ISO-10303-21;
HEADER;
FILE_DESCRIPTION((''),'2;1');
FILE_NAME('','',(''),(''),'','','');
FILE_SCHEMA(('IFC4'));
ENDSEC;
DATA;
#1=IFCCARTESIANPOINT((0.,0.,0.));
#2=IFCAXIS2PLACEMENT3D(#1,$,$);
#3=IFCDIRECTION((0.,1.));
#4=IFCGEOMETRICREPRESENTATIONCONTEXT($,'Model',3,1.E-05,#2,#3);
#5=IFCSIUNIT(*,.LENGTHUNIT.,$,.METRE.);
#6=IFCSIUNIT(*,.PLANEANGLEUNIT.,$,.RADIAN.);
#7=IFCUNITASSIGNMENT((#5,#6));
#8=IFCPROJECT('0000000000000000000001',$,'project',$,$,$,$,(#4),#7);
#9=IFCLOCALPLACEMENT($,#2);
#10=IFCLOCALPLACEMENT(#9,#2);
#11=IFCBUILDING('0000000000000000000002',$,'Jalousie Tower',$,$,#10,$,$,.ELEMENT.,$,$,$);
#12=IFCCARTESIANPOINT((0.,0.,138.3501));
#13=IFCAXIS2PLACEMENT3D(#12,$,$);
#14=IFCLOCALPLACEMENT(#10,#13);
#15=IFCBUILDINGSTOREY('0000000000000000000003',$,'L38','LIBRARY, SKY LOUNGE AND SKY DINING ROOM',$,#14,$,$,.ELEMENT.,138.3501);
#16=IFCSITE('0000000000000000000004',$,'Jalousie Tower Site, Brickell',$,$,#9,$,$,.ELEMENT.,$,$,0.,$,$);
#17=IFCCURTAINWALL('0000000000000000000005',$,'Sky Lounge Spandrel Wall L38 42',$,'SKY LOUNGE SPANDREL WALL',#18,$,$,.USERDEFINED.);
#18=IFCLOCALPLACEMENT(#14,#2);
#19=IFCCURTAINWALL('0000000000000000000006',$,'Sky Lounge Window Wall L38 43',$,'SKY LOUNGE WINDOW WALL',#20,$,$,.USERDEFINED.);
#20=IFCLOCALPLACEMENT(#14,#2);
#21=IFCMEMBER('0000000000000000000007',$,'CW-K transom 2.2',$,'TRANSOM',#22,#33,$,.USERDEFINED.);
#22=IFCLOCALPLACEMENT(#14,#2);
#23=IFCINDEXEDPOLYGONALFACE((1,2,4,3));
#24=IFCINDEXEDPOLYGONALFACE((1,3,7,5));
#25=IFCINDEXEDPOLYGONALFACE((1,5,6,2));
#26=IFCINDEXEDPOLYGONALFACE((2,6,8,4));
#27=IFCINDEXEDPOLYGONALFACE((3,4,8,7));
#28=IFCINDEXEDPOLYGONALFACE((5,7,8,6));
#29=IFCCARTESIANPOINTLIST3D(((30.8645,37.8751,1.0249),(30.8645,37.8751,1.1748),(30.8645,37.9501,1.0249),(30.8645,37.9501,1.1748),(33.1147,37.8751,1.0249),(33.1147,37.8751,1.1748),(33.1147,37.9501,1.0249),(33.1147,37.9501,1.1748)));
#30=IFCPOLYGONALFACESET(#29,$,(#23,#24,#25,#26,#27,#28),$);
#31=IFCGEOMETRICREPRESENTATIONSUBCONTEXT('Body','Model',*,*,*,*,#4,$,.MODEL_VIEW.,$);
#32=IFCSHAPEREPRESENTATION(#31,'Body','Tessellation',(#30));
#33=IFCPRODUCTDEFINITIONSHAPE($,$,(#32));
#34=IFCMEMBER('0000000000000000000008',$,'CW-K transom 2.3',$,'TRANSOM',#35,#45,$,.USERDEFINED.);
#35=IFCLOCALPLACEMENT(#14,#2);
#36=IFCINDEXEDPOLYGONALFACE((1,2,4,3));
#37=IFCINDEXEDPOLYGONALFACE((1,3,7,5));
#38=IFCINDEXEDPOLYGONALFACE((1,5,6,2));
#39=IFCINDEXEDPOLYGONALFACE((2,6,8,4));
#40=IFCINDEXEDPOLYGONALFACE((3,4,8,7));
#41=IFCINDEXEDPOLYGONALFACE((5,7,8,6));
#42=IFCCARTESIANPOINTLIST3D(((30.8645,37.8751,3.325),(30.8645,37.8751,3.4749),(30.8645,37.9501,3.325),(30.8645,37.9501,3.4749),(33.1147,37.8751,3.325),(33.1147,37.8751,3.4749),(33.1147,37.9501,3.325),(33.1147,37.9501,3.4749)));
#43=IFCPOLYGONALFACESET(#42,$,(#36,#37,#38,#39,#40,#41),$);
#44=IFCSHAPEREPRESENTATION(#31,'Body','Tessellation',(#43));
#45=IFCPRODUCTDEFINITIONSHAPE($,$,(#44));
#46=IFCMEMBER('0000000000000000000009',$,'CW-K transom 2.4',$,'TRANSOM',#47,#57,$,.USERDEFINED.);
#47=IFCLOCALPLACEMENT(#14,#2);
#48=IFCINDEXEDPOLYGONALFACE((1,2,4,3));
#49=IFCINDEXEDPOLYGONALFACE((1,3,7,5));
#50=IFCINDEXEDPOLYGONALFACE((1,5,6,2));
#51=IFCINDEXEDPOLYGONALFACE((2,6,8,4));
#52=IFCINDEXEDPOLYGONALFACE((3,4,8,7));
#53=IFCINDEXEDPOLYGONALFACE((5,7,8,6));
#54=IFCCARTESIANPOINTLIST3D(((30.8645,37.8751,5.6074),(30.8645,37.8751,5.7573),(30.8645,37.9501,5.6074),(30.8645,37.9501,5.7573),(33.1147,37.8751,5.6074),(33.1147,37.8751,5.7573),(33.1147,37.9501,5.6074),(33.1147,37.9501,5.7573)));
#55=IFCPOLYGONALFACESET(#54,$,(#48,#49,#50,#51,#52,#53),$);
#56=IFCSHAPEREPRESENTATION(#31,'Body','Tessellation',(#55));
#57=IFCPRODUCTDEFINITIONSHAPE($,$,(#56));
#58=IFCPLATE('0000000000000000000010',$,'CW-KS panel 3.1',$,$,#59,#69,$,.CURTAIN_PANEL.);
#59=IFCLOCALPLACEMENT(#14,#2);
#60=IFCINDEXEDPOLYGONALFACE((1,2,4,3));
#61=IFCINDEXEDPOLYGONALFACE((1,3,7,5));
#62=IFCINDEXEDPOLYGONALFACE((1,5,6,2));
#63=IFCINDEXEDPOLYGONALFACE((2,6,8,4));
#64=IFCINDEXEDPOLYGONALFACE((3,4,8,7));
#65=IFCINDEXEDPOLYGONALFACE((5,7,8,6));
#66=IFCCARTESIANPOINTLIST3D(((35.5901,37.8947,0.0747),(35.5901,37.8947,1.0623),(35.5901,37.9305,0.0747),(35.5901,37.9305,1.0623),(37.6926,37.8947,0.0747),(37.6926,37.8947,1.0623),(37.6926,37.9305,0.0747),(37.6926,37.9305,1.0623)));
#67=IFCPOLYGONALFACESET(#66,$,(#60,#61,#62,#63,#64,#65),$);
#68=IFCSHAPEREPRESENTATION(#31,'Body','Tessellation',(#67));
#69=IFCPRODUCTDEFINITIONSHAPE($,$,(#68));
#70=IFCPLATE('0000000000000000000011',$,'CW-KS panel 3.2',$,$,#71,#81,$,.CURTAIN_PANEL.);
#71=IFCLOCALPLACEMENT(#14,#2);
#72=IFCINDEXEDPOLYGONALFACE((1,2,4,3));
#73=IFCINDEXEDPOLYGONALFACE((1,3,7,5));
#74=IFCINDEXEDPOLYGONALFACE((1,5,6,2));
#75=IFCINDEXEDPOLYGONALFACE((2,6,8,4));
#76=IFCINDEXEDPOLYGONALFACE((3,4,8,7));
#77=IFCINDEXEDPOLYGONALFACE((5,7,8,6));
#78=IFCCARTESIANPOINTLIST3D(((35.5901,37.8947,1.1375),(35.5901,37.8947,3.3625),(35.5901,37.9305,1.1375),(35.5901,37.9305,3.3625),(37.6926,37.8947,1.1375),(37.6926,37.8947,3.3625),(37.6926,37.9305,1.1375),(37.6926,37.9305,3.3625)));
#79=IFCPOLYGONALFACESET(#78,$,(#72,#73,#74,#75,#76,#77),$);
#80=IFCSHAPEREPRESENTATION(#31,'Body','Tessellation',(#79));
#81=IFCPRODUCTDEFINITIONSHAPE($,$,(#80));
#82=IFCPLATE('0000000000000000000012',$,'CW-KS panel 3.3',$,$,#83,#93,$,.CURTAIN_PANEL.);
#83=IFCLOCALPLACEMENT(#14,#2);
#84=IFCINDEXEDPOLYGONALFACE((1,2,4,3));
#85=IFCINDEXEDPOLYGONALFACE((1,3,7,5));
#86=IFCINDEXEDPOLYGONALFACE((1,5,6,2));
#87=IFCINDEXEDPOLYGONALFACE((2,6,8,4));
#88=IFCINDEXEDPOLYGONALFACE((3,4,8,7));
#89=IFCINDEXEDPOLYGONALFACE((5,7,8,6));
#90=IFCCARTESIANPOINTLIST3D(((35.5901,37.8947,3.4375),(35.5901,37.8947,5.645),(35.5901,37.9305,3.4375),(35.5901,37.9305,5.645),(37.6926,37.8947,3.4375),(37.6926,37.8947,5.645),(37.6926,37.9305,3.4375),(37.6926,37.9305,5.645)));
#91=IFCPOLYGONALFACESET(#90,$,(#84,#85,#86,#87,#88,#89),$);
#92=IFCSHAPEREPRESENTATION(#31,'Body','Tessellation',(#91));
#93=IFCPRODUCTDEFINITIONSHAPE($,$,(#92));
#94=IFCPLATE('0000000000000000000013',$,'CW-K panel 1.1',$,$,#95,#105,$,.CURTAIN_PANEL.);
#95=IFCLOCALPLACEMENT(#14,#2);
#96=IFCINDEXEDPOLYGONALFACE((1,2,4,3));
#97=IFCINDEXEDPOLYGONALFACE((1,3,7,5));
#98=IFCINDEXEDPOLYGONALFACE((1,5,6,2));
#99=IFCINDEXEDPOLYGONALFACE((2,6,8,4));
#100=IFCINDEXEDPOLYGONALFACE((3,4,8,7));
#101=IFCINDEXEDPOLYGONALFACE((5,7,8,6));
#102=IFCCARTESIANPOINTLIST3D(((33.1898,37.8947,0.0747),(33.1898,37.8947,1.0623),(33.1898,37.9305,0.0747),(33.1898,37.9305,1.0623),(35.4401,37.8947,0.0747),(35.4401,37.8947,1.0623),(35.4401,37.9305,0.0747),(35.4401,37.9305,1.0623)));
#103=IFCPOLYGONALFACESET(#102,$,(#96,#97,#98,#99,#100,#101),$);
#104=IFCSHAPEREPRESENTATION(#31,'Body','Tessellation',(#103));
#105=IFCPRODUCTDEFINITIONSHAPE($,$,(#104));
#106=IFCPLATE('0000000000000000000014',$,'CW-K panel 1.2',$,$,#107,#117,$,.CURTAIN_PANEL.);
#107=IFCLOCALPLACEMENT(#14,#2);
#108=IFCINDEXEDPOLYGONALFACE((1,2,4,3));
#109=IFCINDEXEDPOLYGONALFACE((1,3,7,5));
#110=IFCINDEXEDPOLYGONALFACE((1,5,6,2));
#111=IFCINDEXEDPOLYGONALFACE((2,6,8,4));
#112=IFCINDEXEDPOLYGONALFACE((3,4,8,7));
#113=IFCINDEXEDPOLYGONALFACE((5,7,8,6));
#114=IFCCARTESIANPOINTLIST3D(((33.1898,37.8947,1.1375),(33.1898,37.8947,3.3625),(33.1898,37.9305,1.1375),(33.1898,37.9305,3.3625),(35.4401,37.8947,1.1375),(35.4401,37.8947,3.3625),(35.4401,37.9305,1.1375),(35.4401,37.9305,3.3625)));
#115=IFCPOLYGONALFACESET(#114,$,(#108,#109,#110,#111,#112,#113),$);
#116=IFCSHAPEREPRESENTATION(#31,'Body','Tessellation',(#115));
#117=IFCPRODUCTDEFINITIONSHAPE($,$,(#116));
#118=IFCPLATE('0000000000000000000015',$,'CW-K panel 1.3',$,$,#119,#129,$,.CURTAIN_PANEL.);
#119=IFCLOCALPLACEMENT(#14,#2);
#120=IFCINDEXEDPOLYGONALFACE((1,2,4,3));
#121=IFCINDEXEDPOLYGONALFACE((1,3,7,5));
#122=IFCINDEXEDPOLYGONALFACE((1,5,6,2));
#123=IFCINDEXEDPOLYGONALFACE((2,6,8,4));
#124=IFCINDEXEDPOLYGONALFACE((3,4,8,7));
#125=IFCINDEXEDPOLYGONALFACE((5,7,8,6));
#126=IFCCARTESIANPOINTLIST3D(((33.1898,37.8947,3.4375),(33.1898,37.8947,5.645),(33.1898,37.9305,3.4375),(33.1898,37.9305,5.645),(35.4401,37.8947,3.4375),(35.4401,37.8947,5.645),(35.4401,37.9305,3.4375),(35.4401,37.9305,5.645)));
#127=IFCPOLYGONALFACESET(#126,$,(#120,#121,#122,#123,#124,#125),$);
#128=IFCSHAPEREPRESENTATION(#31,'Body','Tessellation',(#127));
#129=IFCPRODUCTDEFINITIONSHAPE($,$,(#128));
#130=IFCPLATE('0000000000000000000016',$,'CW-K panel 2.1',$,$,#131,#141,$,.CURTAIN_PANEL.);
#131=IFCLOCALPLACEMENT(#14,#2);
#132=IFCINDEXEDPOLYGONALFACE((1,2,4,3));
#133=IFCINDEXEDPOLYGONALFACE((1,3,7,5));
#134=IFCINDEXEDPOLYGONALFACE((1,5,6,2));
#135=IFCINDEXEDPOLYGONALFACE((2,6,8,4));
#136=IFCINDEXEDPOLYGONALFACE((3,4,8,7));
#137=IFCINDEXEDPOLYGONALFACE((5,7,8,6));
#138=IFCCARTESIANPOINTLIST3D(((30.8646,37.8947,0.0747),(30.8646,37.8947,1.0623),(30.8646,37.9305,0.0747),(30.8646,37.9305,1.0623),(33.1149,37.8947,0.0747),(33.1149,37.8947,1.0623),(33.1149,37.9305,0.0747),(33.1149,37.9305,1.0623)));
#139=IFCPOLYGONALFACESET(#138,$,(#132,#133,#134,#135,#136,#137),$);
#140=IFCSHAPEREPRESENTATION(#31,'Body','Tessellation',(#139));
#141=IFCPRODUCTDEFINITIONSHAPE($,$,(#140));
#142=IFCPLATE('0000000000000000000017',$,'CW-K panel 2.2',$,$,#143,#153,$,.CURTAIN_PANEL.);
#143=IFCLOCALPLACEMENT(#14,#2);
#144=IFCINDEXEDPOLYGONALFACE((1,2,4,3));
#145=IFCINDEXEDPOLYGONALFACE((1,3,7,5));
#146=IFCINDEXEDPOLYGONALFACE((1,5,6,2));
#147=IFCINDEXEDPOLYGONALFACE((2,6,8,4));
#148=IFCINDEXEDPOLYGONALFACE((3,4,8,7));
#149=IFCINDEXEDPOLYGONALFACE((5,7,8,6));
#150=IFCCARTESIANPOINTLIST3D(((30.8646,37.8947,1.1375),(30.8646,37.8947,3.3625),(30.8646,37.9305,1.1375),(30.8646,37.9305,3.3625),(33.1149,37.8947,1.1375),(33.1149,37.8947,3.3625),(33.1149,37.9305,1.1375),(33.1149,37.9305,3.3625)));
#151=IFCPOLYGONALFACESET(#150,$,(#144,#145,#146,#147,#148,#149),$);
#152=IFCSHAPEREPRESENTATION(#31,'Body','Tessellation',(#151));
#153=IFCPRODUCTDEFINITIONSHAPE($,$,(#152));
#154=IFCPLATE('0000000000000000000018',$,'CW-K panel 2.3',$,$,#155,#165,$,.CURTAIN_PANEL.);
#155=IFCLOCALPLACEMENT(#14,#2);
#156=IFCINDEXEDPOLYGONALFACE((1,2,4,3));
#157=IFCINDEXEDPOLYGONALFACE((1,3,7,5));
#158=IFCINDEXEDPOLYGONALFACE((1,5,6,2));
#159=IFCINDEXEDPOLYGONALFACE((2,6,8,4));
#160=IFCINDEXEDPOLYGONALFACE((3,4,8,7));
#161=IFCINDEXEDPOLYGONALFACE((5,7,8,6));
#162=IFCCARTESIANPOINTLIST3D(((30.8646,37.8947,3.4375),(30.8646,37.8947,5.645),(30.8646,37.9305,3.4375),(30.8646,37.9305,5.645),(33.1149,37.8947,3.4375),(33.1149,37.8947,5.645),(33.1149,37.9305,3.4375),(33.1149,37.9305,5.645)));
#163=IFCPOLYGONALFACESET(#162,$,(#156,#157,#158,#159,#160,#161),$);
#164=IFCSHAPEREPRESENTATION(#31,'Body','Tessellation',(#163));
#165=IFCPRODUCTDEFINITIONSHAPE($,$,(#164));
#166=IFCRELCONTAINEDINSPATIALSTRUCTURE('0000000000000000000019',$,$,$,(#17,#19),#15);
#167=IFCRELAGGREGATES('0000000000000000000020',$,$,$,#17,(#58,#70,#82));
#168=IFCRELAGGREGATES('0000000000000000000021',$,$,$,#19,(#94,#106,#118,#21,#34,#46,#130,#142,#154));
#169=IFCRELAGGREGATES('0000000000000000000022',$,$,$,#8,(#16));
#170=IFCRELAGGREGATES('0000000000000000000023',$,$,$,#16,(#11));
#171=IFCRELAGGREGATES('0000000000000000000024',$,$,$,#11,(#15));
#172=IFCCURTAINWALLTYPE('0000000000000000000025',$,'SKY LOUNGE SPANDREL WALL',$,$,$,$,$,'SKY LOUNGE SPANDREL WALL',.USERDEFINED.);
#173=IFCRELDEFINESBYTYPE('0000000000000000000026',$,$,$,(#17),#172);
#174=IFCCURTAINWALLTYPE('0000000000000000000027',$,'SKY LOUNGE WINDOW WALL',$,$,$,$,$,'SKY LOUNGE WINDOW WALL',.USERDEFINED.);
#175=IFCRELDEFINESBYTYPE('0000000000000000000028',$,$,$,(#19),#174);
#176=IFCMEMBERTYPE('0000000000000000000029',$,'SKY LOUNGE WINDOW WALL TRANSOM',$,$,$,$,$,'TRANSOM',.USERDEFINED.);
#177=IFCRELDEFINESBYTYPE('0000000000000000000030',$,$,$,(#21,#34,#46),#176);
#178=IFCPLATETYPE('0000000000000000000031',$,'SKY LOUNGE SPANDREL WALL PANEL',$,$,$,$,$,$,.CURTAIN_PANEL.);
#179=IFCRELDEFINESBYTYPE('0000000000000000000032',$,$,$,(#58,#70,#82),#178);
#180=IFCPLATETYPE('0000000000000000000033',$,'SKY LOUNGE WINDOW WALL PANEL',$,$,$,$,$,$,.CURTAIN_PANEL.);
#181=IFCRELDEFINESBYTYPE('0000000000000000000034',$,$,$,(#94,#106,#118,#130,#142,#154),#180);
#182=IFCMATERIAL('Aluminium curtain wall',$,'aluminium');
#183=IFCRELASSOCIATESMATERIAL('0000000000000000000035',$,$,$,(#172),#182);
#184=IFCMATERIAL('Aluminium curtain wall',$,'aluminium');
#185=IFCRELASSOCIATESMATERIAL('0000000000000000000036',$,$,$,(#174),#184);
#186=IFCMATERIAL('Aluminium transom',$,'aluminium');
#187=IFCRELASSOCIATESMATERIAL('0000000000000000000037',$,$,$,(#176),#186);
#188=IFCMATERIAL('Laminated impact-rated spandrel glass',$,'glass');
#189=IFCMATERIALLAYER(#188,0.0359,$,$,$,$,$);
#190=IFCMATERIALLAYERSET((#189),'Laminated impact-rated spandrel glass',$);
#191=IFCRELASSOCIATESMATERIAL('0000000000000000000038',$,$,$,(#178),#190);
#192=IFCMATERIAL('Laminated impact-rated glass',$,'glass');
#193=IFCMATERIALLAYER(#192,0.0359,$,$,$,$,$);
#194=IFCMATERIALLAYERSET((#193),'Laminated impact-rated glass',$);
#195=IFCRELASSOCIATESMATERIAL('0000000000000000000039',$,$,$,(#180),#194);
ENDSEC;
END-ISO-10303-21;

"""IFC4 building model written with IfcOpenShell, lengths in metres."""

from ifc_helpers import new_model, si_unit, direction, frame, origin, origin_2d, place, context, subcontext, project, spatial, rectangle, extrude, material, layer, layer_set, material_profile, profile_set, type_object, element, aggregate, save


model = new_model("IFC4")

# Units and contexts
model_context = context("Model", 3, precision=1e-05, world=origin(), true_north=direction((0.0, 1.0)))
body_context = subcontext(model_context, "Body", "Model", "MODEL_VIEW")
ifc_project = project(units=[si_unit("LENGTHUNIT", "METRE"), si_unit("PLANEANGLEUNIT", "RADIAN")], contexts=[model_context])

# Site, building, storey
site_placement = place(None, origin())
site = spatial("IfcSite", under=ifc_project, at=site_placement, Name="Jalousie Tower Site, Brickell", CompositionType="ELEMENT", RefElevation=0.0)
building_placement = place(site_placement, origin())
building = spatial("IfcBuilding", under=site, at=building_placement, Name="Jalousie Tower", CompositionType="ELEMENT")
storey_placement = place(building_placement, frame((0.0, 0.0, 138.3501)))
storey = spatial("IfcBuildingStorey", under=building, at=storey_placement, Name="L38", Description="LIBRARY, SKY LOUNGE AND SKY DINING ROOM", CompositionType="ELEMENT", Elevation=138.3501)

# Curtain wall
ifc_material_1 = material(Name="Aluminium curtain wall", Category="aluminium")
curtain_wall_type_1 = type_object("IfcCurtainWallType", Name="SKY LOUNGE SPANDREL WALL", ElementType="SKY LOUNGE SPANDREL WALL", PredefinedType="USERDEFINED", material=ifc_material_1)
curtain_wall_1_placement = place(storey_placement, origin())
curtain_wall_1 = element("IfcCurtainWall", 1, at=curtain_wall_1_placement, inside=storey, type_object=curtain_wall_type_1, Name="Sky Lounge Spandrel Wall L38 42", ObjectType="SKY LOUNGE SPANDREL WALL", PredefinedType="USERDEFINED")

# Curtain wall, members
ifc_material_2 = material(Name="Aluminium curtain wall", Category="aluminium")
curtain_wall_type_2 = type_object("IfcCurtainWallType", Name="SKY LOUNGE WINDOW WALL", ElementType="SKY LOUNGE WINDOW WALL", PredefinedType="USERDEFINED", material=ifc_material_2)
curtain_wall_2_placement = place(storey_placement, origin())
curtain_wall_2 = element("IfcCurtainWall", 2, at=curtain_wall_2_placement, inside=storey, type_object=curtain_wall_type_2, Name="Sky Lounge Window Wall L38 43", ObjectType="SKY LOUNGE WINDOW WALL", PredefinedType="USERDEFINED")
ifc_material_3 = material(Name="Aluminium transom", Category="aluminium")
ifc_material_profile_1 = material_profile(ifc_material_3, rectangle(XDim=0.075, YDim=0.1499, at=origin_2d()), Name="TRANSOM 75x150")
ifc_profile_set_1 = profile_set([ifc_material_profile_1], Name="Aluminium transom")
member_type_1 = type_object("IfcMemberType", Name="SKY LOUNGE WINDOW WALL TRANSOM", ElementType="TRANSOM", PredefinedType="USERDEFINED", material=ifc_profile_set_1)
member_1_placement = place(storey_placement, frame((33.1147, 37.9126, 1.0999), z_axis=(-1.0, 0.0, 0.0), x_axis=(0.0, -1.0, 0.0)))
member_1 = element("IfcMember", 3, at=member_1_placement, type_object=member_type_1, Name="CW-K transom 2.2", ObjectType="TRANSOM", PredefinedType="USERDEFINED", context=body_context, shape_type="SweptSolid", body=[
    extrude(rectangle(XDim=0.075, YDim=0.1499, at=origin_2d()), origin(), (0.0, 0.0, 1.0), 2.2502),
])
member_2_placement = place(storey_placement, frame((33.1147, 37.9126, 3.3999), z_axis=(-1.0, 0.0, 0.0), x_axis=(0.0, -1.0, 0.0)))
member_2 = element("IfcMember", 4, at=member_2_placement, type_object=member_type_1, Name="CW-K transom 2.3", ObjectType="TRANSOM", PredefinedType="USERDEFINED", context=body_context, shape_type="SweptSolid", body=[
    extrude(rectangle(XDim=0.075, YDim=0.1499, at=origin_2d()), origin(), (0.0, 0.0, 1.0), 2.2502),
])
member_3_placement = place(storey_placement, frame((33.1147, 37.9126, 5.6824), z_axis=(-1.0, 0.0, 0.0), x_axis=(0.0, -1.0, 0.0)))
member_3 = element("IfcMember", 5, at=member_3_placement, type_object=member_type_1, Name="CW-K transom 2.4", ObjectType="TRANSOM", PredefinedType="USERDEFINED", context=body_context, shape_type="SweptSolid", body=[
    extrude(rectangle(XDim=0.075, YDim=0.1499, at=origin_2d()), origin(), (0.0, 0.0, 1.0), 2.2502),
])

# Plates
ifc_material_4 = material(Name="Laminated impact-rated spandrel glass", Category="glass")
ifc_layer_1 = layer(ifc_material_4, 0.0359)
ifc_layer_set_1 = layer_set([ifc_layer_1], Name="Laminated impact-rated spandrel glass")
plate_type_1 = type_object("IfcPlateType", Name="SKY LOUNGE SPANDREL WALL PANEL", PredefinedType="CURTAIN_PANEL", material=ifc_layer_set_1)
plate_1_placement = place(storey_placement, frame((36.6414, 37.9126, 0.0747), z_axis=(0.0, 0.0, 1.0), x_axis=(-1.0, 0.0, 0.0)))
plate_1 = element("IfcPlate", 6, at=plate_1_placement, type_object=plate_type_1, Name="CW-KS panel 3.1", PredefinedType="CURTAIN_PANEL", context=body_context, shape_type="SweptSolid", body=[
    extrude(rectangle(XDim=2.1025, YDim=0.0359, at=origin_2d()), origin(), (0.0, 0.0, 1.0), 0.9875),
])
plate_2_placement = place(storey_placement, frame((36.6414, 37.9126, 1.1375), z_axis=(0.0, 0.0, 1.0), x_axis=(-1.0, 0.0, 0.0)))
plate_2 = element("IfcPlate", 7, at=plate_2_placement, type_object=plate_type_1, Name="CW-KS panel 3.2", PredefinedType="CURTAIN_PANEL", context=body_context, shape_type="SweptSolid", body=[
    extrude(rectangle(XDim=2.1025, YDim=0.0359, at=origin_2d()), origin(), (0.0, 0.0, 1.0), 2.2251),
])
plate_3_placement = place(storey_placement, frame((36.6414, 37.9126, 3.4375), z_axis=(0.0, 0.0, 1.0), x_axis=(-1.0, 0.0, 0.0)))
plate_3 = element("IfcPlate", 8, at=plate_3_placement, type_object=plate_type_1, Name="CW-KS panel 3.3", PredefinedType="CURTAIN_PANEL", context=body_context, shape_type="SweptSolid", body=[
    extrude(rectangle(XDim=2.1025, YDim=0.0359, at=origin_2d()), origin(), (0.0, 0.0, 1.0), 2.2075),
])
aggregate(curtain_wall_1, [plate_1, plate_2, plate_3])
ifc_material_5 = material(Name="Laminated impact-rated glass", Category="glass")
ifc_layer_2 = layer(ifc_material_5, 0.0359)
ifc_layer_set_2 = layer_set([ifc_layer_2], Name="Laminated impact-rated glass")
plate_type_2 = type_object("IfcPlateType", Name="SKY LOUNGE WINDOW WALL PANEL", PredefinedType="CURTAIN_PANEL", material=ifc_layer_set_2)
plate_4_placement = place(storey_placement, frame((34.3149, 37.9126, 0.0747), z_axis=(0.0, 0.0, 1.0), x_axis=(-1.0, 0.0, 0.0)))
plate_4 = element("IfcPlate", 9, at=plate_4_placement, type_object=plate_type_2, Name="CW-K panel 1.1", PredefinedType="CURTAIN_PANEL", context=body_context, shape_type="SweptSolid", body=[
    extrude(rectangle(XDim=2.2502, YDim=0.0359, at=origin_2d()), origin(), (0.0, 0.0, 1.0), 0.9875),
])
plate_5_placement = place(storey_placement, frame((34.3149, 37.9126, 1.1375), z_axis=(0.0, 0.0, 1.0), x_axis=(-1.0, 0.0, 0.0)))
plate_5 = element("IfcPlate", 10, at=plate_5_placement, type_object=plate_type_2, Name="CW-K panel 1.2", PredefinedType="CURTAIN_PANEL", context=body_context, shape_type="SweptSolid", body=[
    extrude(rectangle(XDim=2.2502, YDim=0.0359, at=origin_2d()), origin(), (0.0, 0.0, 1.0), 2.2251),
])
plate_6_placement = place(storey_placement, frame((34.3149, 37.9126, 3.4375), z_axis=(0.0, 0.0, 1.0), x_axis=(-1.0, 0.0, 0.0)))
plate_6 = element("IfcPlate", 11, at=plate_6_placement, type_object=plate_type_2, Name="CW-K panel 1.3", PredefinedType="CURTAIN_PANEL", context=body_context, shape_type="SweptSolid", body=[
    extrude(rectangle(XDim=2.2502, YDim=0.0359, at=origin_2d()), origin(), (0.0, 0.0, 1.0), 2.2075),
])
plate_7_placement = place(storey_placement, frame((31.9897, 37.9126, 0.0747), z_axis=(0.0, 0.0, 1.0), x_axis=(-1.0, 0.0, 0.0)))
plate_7 = element("IfcPlate", 12, at=plate_7_placement, type_object=plate_type_2, Name="CW-K panel 2.1", PredefinedType="CURTAIN_PANEL", context=body_context, shape_type="SweptSolid", body=[
    extrude(rectangle(XDim=2.2502, YDim=0.0359, at=origin_2d()), origin(), (0.0, 0.0, 1.0), 0.9875),
])
plate_8_placement = place(storey_placement, frame((31.9897, 37.9126, 1.1375), z_axis=(0.0, 0.0, 1.0), x_axis=(-1.0, 0.0, 0.0)))
plate_8 = element("IfcPlate", 13, at=plate_8_placement, type_object=plate_type_2, Name="CW-K panel 2.2", PredefinedType="CURTAIN_PANEL", context=body_context, shape_type="SweptSolid", body=[
    extrude(rectangle(XDim=2.2502, YDim=0.0359, at=origin_2d()), origin(), (0.0, 0.0, 1.0), 2.2251),
])
plate_9_placement = place(storey_placement, frame((31.9897, 37.9126, 3.4375), z_axis=(0.0, 0.0, 1.0), x_axis=(-1.0, 0.0, 0.0)))
plate_9 = element("IfcPlate", 14, at=plate_9_placement, type_object=plate_type_2, Name="CW-K panel 2.3", PredefinedType="CURTAIN_PANEL", context=body_context, shape_type="SweptSolid", body=[
    extrude(rectangle(XDim=2.2502, YDim=0.0359, at=origin_2d()), origin(), (0.0, 0.0, 1.0), 2.2075),
])
aggregate(curtain_wall_2, [plate_4, plate_5, plate_6, member_1, member_2, member_3, plate_7, plate_8, plate_9])

save(model, "model.ifc")
